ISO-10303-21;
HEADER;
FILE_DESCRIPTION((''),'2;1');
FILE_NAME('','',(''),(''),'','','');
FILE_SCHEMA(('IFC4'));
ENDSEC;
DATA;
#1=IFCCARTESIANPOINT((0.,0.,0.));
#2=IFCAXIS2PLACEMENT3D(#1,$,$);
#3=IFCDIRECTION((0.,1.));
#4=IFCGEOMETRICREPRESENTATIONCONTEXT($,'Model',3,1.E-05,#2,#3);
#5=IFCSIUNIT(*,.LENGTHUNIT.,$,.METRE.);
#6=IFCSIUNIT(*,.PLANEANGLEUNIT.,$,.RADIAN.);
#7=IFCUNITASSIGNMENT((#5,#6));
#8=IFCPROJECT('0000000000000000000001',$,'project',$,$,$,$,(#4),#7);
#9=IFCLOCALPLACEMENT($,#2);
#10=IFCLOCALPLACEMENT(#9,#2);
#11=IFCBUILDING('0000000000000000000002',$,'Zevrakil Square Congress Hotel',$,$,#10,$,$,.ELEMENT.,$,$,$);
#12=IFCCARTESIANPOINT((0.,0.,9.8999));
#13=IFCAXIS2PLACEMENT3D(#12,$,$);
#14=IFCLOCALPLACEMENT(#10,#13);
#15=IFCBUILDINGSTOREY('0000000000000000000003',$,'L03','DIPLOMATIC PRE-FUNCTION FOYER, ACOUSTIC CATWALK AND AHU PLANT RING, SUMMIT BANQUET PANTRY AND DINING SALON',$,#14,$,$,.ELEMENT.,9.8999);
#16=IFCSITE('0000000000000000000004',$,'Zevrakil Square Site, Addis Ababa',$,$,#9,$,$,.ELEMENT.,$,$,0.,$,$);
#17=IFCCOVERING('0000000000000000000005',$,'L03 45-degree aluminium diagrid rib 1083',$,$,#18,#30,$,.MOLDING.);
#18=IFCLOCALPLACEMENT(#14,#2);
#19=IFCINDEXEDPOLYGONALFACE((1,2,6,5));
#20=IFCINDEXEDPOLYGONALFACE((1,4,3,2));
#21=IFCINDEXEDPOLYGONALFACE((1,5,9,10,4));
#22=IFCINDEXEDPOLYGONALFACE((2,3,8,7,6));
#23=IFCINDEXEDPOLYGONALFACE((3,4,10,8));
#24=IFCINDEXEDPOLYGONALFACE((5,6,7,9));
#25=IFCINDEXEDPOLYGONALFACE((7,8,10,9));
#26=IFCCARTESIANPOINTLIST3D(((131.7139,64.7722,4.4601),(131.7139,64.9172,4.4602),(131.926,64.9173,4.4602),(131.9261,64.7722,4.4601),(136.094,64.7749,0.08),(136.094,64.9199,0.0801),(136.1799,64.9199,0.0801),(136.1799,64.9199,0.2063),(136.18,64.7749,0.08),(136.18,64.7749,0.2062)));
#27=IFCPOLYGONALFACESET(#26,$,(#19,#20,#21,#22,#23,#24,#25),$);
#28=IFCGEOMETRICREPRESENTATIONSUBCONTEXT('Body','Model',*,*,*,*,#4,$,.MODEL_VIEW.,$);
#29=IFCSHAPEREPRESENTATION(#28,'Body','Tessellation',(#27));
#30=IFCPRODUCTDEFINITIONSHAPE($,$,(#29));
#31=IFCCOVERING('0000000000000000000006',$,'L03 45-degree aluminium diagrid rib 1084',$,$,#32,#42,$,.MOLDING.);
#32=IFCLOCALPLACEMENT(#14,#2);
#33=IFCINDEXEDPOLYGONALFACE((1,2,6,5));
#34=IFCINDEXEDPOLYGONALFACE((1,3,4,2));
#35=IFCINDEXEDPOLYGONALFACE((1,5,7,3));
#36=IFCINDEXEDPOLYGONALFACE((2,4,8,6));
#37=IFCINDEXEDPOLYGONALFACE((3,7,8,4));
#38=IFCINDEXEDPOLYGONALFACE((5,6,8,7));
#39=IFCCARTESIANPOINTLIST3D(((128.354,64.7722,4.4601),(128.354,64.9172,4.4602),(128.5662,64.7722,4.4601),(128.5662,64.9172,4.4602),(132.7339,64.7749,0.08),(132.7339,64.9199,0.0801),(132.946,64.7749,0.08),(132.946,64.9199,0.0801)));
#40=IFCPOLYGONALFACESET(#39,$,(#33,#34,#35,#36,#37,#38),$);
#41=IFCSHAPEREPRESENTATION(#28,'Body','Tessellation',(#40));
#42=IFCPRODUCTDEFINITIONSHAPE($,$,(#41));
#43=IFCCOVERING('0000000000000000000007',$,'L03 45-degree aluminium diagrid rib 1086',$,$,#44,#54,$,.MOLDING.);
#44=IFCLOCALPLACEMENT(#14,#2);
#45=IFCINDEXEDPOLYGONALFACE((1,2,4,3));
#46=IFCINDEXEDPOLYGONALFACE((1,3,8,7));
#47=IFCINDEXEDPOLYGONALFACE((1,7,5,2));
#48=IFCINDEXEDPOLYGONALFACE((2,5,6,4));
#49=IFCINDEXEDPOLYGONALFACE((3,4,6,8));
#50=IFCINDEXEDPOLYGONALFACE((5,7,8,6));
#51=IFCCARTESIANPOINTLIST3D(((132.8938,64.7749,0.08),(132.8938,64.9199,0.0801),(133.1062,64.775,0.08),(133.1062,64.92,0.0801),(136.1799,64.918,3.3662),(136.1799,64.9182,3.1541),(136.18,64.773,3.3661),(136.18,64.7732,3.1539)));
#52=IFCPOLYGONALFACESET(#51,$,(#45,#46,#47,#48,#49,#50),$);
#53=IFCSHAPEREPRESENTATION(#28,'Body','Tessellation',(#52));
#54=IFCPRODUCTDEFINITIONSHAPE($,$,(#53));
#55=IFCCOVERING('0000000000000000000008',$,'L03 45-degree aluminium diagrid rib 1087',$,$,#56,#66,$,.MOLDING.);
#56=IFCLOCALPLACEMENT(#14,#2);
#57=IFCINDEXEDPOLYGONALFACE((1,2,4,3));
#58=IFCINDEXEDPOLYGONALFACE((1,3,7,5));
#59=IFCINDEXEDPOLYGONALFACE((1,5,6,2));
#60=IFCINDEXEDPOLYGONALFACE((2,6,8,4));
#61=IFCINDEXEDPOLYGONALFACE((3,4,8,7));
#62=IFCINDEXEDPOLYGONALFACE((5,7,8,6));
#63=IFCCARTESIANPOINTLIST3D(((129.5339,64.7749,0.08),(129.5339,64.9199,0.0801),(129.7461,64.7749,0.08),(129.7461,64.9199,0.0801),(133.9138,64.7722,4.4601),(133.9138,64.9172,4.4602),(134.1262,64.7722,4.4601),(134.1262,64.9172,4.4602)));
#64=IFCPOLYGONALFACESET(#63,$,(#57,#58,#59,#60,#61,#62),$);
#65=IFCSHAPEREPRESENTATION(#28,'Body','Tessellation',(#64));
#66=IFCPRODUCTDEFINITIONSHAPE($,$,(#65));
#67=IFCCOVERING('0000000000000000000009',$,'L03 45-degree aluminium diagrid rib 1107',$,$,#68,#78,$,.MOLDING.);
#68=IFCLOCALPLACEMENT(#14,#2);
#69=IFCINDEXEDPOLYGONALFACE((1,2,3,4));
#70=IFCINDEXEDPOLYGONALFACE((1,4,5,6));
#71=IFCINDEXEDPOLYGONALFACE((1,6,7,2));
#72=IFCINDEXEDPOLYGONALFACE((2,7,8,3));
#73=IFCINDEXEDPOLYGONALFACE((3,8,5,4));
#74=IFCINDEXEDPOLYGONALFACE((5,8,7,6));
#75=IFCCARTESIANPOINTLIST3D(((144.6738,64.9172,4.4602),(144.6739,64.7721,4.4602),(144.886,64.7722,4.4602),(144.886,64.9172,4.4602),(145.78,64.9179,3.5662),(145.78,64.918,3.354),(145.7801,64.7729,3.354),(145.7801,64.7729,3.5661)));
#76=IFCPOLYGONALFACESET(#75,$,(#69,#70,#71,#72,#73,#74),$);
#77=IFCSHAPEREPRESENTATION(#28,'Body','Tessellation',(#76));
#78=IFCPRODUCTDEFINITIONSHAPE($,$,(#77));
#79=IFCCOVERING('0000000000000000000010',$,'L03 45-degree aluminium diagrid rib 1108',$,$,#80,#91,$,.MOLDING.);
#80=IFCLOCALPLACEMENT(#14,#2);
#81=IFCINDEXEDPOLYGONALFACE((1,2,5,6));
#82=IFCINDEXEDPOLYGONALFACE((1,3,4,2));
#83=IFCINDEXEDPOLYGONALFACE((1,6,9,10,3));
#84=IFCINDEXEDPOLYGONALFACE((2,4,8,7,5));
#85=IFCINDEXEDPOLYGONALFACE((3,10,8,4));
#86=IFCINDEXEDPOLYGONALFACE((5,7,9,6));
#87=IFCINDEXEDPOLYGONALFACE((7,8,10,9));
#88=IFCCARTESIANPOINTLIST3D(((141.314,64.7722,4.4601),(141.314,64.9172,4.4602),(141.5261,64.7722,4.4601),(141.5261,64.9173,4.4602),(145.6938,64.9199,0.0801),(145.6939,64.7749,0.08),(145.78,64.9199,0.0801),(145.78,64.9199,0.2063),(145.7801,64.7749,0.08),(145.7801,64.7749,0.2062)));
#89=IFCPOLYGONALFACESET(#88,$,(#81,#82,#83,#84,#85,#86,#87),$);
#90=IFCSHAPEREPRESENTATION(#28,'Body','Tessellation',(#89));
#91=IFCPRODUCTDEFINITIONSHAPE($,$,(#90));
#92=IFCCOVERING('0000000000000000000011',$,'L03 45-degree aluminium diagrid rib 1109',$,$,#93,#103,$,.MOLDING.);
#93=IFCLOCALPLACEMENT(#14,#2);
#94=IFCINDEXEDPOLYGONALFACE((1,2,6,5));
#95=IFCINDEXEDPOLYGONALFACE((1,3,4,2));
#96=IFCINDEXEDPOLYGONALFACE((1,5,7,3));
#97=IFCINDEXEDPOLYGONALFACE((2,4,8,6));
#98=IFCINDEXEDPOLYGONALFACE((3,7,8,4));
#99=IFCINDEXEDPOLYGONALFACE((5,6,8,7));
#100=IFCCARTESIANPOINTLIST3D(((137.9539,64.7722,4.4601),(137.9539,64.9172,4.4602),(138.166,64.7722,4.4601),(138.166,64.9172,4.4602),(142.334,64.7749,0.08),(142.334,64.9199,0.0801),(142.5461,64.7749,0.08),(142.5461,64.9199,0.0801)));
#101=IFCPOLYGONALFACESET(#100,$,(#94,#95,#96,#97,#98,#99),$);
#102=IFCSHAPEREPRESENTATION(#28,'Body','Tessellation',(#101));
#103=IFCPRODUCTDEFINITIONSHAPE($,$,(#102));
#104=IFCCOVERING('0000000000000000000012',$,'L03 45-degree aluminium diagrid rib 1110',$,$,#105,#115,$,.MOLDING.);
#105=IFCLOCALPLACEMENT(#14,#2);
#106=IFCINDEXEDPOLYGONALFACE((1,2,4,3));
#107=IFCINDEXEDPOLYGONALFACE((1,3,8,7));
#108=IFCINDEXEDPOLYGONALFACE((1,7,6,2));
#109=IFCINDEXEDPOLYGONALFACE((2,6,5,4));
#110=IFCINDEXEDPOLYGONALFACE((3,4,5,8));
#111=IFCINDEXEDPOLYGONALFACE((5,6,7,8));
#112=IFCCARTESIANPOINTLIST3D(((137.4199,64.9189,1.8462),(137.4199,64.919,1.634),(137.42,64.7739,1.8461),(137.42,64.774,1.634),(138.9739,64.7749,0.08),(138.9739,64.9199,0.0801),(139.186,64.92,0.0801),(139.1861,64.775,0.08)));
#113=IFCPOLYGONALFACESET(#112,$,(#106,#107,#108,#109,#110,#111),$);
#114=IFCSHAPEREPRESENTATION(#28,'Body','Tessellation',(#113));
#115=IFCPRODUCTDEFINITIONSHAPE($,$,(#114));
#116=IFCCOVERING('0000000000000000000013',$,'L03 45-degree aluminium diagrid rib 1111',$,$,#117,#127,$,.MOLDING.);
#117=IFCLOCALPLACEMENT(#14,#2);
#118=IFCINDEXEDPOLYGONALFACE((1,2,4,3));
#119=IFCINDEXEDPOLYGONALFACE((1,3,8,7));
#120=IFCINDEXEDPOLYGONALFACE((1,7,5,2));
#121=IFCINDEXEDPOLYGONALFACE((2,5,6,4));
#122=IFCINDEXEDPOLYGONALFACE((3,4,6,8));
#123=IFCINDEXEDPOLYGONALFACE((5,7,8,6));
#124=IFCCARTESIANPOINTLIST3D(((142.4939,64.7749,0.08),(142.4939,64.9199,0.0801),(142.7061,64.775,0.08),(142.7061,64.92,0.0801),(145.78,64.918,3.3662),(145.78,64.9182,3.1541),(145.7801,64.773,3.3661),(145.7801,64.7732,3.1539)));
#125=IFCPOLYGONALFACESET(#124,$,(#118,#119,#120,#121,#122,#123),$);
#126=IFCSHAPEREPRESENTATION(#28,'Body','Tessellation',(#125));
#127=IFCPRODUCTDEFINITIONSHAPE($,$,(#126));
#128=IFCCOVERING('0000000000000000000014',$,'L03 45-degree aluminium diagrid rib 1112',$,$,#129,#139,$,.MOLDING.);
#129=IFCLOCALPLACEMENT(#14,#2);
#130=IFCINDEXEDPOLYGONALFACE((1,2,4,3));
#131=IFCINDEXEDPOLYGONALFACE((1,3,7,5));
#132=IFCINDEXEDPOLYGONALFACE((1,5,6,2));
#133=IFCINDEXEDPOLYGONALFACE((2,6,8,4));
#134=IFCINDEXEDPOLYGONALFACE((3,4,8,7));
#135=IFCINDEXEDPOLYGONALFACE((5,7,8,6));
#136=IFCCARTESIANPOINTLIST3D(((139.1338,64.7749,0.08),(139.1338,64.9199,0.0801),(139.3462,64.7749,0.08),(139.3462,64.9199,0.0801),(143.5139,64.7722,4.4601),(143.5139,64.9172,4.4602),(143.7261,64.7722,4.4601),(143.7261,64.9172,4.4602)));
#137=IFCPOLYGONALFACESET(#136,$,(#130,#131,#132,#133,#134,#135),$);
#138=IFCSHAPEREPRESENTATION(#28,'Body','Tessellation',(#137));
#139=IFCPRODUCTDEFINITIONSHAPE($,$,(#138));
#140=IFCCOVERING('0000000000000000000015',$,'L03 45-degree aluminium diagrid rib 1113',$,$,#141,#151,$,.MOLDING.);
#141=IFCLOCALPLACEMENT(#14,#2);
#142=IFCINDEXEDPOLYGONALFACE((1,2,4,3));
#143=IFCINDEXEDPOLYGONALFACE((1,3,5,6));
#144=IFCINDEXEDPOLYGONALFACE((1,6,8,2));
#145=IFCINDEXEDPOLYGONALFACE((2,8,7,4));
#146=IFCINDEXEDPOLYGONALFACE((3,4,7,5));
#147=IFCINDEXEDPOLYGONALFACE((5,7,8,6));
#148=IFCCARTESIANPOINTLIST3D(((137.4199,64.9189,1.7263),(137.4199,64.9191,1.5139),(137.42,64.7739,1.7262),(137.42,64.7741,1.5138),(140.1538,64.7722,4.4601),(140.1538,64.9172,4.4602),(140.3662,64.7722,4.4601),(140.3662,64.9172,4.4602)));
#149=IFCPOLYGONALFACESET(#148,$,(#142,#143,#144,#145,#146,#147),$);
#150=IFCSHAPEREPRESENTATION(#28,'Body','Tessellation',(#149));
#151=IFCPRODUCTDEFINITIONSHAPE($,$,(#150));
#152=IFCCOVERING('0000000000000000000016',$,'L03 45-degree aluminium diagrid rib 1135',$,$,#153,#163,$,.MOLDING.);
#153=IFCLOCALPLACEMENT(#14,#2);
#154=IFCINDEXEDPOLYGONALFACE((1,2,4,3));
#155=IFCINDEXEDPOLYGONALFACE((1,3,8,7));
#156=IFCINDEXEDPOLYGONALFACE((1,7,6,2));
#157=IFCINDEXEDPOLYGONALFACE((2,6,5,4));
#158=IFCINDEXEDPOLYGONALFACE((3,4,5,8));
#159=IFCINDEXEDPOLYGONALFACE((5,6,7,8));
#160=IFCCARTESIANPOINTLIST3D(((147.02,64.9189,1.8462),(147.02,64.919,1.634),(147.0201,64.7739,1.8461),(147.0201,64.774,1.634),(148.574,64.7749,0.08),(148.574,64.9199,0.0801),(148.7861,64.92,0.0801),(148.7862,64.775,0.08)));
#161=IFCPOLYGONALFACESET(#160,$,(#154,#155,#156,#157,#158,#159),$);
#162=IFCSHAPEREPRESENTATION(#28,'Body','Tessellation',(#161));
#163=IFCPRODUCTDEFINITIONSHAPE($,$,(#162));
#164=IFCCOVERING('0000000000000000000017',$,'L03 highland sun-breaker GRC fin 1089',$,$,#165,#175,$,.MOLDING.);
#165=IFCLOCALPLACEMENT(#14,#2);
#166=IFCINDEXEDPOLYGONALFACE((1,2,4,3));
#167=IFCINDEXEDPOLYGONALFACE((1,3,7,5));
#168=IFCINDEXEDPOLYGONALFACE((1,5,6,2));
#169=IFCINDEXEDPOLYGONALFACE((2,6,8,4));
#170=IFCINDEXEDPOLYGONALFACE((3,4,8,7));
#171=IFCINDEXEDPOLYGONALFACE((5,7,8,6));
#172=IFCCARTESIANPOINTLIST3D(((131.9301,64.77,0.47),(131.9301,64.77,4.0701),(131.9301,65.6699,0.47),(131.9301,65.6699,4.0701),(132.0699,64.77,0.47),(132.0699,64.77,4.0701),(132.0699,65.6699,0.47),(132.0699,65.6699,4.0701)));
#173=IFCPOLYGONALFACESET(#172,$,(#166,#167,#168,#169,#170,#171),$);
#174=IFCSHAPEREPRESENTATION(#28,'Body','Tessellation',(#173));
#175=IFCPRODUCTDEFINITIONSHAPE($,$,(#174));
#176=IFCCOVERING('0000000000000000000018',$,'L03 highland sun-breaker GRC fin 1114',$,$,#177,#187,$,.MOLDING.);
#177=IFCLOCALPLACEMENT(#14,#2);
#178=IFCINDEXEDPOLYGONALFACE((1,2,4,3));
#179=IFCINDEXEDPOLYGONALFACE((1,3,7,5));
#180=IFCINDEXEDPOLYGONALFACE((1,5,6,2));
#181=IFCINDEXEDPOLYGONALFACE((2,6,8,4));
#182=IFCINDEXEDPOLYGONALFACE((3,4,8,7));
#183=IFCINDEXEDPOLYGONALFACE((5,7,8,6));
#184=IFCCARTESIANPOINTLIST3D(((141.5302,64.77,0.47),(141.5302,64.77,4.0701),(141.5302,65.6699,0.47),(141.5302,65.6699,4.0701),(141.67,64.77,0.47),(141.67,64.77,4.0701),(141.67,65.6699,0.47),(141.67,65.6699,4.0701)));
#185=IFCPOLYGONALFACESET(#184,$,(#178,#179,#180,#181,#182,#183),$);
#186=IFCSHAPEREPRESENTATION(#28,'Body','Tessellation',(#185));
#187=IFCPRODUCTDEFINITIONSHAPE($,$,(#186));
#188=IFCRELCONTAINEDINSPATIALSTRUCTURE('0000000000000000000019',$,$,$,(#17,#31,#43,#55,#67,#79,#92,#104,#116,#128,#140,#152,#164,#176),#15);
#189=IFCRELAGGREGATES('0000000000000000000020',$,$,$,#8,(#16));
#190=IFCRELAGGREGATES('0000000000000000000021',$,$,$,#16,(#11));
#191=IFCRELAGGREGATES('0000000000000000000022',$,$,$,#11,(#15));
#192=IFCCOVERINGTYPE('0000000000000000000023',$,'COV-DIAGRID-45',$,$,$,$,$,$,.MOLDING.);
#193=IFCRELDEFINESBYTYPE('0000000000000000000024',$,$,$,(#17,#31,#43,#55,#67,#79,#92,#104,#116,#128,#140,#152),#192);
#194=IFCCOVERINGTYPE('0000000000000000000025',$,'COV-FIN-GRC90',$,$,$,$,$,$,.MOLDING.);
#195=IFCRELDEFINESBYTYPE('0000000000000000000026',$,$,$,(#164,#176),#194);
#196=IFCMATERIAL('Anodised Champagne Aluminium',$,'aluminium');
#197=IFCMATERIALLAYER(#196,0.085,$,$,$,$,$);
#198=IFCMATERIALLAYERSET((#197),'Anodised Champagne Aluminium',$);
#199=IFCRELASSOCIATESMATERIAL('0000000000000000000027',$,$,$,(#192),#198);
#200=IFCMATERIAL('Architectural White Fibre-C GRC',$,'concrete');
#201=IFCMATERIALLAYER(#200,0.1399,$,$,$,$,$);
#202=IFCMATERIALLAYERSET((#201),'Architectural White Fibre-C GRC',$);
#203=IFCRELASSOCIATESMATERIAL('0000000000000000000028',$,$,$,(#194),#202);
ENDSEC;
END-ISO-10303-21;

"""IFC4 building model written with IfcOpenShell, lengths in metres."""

from ifc_helpers import new_model, si_unit, direction, frame, origin, origin_2d, place, context, subcontext, project, spatial, polyline, rectangle, outline, extrude, material, layer, layer_set, type_object, element, save


model = new_model("IFC4")

# Units and contexts
model_context = context("Model", 3, precision=1e-05, world=origin(), true_north=direction((0.0, 1.0)))
body_context = subcontext(model_context, "Body", "Model", "MODEL_VIEW")
ifc_project = project(units=[si_unit("LENGTHUNIT", "METRE"), si_unit("PLANEANGLEUNIT", "RADIAN")], contexts=[model_context])

# Site, building, storey
site_placement = place(None, origin())
site = spatial("IfcSite", under=ifc_project, at=site_placement, Name="Zevrakil Square Site, Addis Ababa", CompositionType="ELEMENT", RefElevation=0.0)
building_placement = place(site_placement, origin())
building = spatial("IfcBuilding", under=site, at=building_placement, Name="Zevrakil Square Congress Hotel", CompositionType="ELEMENT")
storey_placement = place(building_placement, frame((0.0, 0.0, 9.8999)))
storey = spatial("IfcBuildingStorey", under=building, at=storey_placement, Name="L03", Description="DIPLOMATIC PRE-FUNCTION FOYER, ACOUSTIC CATWALK AND AHU PLANT RING, SUMMIT BANQUET PANTRY AND DINING SALON", CompositionType="ELEMENT", Elevation=9.8999)

# Coverings
ifc_material_1 = material(Name="Anodised Champagne Aluminium", Category="aluminium")
ifc_layer_1 = layer(ifc_material_1, 0.085)
ifc_layer_set_1 = layer_set([ifc_layer_1], Name="Anodised Champagne Aluminium")
covering_type_1 = type_object("IfcCoveringType", Name="COV-DIAGRID-45", PredefinedType="MOLDING", material=ifc_layer_set_1)
covering_1_placement = place(storey_placement, frame((136.094, 64.9199, 0.0801), z_axis=(-0.000184, 1.0, 0.000434), x_axis=(1.0, 0.000184, 0.0)))
element("IfcCovering", 1, at=covering_1_placement, inside=storey, type_object=covering_type_1, Name="L03 45-degree aluminium diagrid rib 1083", PredefinedType="MOLDING", context=body_context, shape_type="SweptSolid", body=[
    extrude(outline(polyline([(0.0, 0.0), (0.0859, 0.0), (0.0859, -0.1262), (-4.168, -4.3801), (-4.3801, -4.3801), (0.0, 0.0)])), origin(), (0.0, 0.0, -1.0), 0.145),
])
covering_2_placement = place(storey_placement, frame((132.7339, 64.9199, 0.0801), z_axis=(0.0, 1.0, 0.000613), x_axis=(1.0, 0.0, 0.0)))
element("IfcCovering", 2, at=covering_2_placement, inside=storey, type_object=covering_type_1, Name="L03 45-degree aluminium diagrid rib 1084", PredefinedType="MOLDING", context=body_context, shape_type="SweptSolid", body=[
    extrude(outline(polyline([(0.0, 0.0), (0.2122, 0.0), (-4.1677, -4.3801), (-4.3799, -4.3801), (0.0, 0.0)])), origin(), (0.0, 0.0, -1.0), 0.145),
])
covering_3_placement = place(storey_placement, frame((136.1799, 64.9182, 3.1541), z_axis=(-0.000287, 1.0, 0.000863), x_axis=(0.0, -0.000863, 1.0)))
element("IfcCovering", 3, at=covering_3_placement, inside=storey, type_object=covering_type_1, Name="L03 45-degree aluminium diagrid rib 1086", PredefinedType="MOLDING", context=body_context, shape_type="SweptSolid", body=[
    extrude(outline(polyline([(0.0, 0.0), (0.2122, 0.0), (-3.074, -3.2861), (-3.074, -3.0737), (0.0, 0.0)])), origin(), (0.0, 0.0, -1.0), 0.145),
])
covering_4_placement = place(storey_placement, frame((134.1262, 64.9172, 4.4602), z_axis=(0.0, 1.0, 0.000613), x_axis=(-1.0, 0.0, 0.0)))
element("IfcCovering", 4, at=covering_4_placement, inside=storey, type_object=covering_type_1, Name="L03 45-degree aluminium diagrid rib 1087", PredefinedType="MOLDING", context=body_context, shape_type="SweptSolid", body=[
    extrude(outline(polyline([(0.0, 0.0), (0.2124, 0.0), (4.5923, -4.3801), (4.3801, -4.3801), (0.0, 0.0)])), origin(), (0.0, 0.0, -1.0), 0.145),
])
covering_5_placement = place(storey_placement, frame((145.78, 64.918, 3.354), z_axis=(-0.000366, 1.0, 0.000366), x_axis=(0.0, -0.000366, 1.0)))
element("IfcCovering", 5, at=covering_5_placement, inside=storey, type_object=covering_type_1, Name="L03 45-degree aluminium diagrid rib 1107", PredefinedType="MOLDING", context=body_context, shape_type="SweptSolid", body=[
    extrude(outline(polyline([(0.0, 0.0), (0.2122, 0.0), (1.1062, -0.894), (1.1062, -1.1062), (0.0, 0.0)])), origin(), (0.0, 0.0, -1.0), 0.145),
])
covering_6_placement = place(storey_placement, frame((145.6938, 64.9199, 0.0801), z_axis=(-0.000184, 1.0, 0.000435), x_axis=(1.0, 0.000184, 0.0)))
element("IfcCovering", 6, at=covering_6_placement, inside=storey, type_object=covering_type_1, Name="L03 45-degree aluminium diagrid rib 1108", PredefinedType="MOLDING", context=body_context, shape_type="SweptSolid", body=[
    extrude(outline(polyline([(0.0, 0.0), (0.0862, 0.0), (0.0862, -0.1262), (-4.1677, -4.3801), (-4.3799, -4.3801), (0.0, 0.0)])), origin(), (0.0, 0.0, -1.0), 0.145),
])
covering_7_placement = place(storey_placement, frame((142.334, 64.9199, 0.0801), z_axis=(0.0, 1.0, 0.000613), x_axis=(1.0, 0.0, 0.0)))
element("IfcCovering", 7, at=covering_7_placement, inside=storey, type_object=covering_type_1, Name="L03 45-degree aluminium diagrid rib 1109", PredefinedType="MOLDING", context=body_context, shape_type="SweptSolid", body=[
    extrude(outline(polyline([(0.0, 0.0), (0.2122, 0.0), (-4.168, -4.3801), (-4.3801, -4.3801), (0.0, 0.0)])), origin(), (0.0, 0.0, -1.0), 0.145),
])
covering_8_placement = place(storey_placement, frame((138.9739, 64.9199, 0.0801), z_axis=(-0.000294, 1.0, 0.000294), x_axis=(1.0, 0.000294, 0.0)))
element("IfcCovering", 8, at=covering_8_placement, inside=storey, type_object=covering_type_1, Name="L03 45-degree aluminium diagrid rib 1110", PredefinedType="MOLDING", context=body_context, shape_type="SweptSolid", body=[
    extrude(outline(polyline([(0.0, 0.0), (0.2122, 0.0), (-1.554, -1.7661), (-1.554, -1.554), (0.0, 0.0)])), origin(), (0.0, 0.0, -1.0), 0.145),
])
covering_9_placement = place(storey_placement, frame((145.78, 64.9182, 3.1541), z_axis=(-0.000287, 1.0, 0.000863), x_axis=(0.0, -0.000863, 1.0)))
element("IfcCovering", 9, at=covering_9_placement, inside=storey, type_object=covering_type_1, Name="L03 45-degree aluminium diagrid rib 1111", PredefinedType="MOLDING", context=body_context, shape_type="SweptSolid", body=[
    extrude(outline(polyline([(0.0, 0.0), (0.2122, 0.0), (-3.074, -3.2861), (-3.074, -3.074), (0.0, 0.0)])), origin(), (0.0, 0.0, -1.0), 0.145),
])
covering_10_placement = place(storey_placement, frame((143.7261, 64.9172, 4.4602), z_axis=(0.0, 1.0, 0.000613), x_axis=(-1.0, 0.0, 0.0)))
element("IfcCovering", 10, at=covering_10_placement, inside=storey, type_object=covering_type_1, Name="L03 45-degree aluminium diagrid rib 1112", PredefinedType="MOLDING", context=body_context, shape_type="SweptSolid", body=[
    extrude(outline(polyline([(0.0, 0.0), (0.2122, 0.0), (4.5923, -4.3801), (4.3799, -4.3801), (0.0, 0.0)])), origin(), (0.0, 0.0, -1.0), 0.145),
])
covering_11_placement = place(storey_placement, frame((140.3662, 64.9172, 4.4602), z_axis=(-0.000252, 1.0, 0.000897), x_axis=(-1.0, -0.000252, 0.0)))
element("IfcCovering", 11, at=covering_11_placement, inside=storey, type_object=covering_type_1, Name="L03 45-degree aluminium diagrid rib 1113", PredefinedType="MOLDING", context=body_context, shape_type="SweptSolid", body=[
    extrude(outline(polyline([(0.0, 0.0), (0.2124, 0.0), (2.9463, -2.7339), (2.9463, -2.9463), (0.0, 0.0)])), origin(), (0.0, 0.0, -1.0), 0.145),
])
covering_12_placement = place(storey_placement, frame((148.574, 64.9199, 0.0801), z_axis=(-0.000294, 1.0, 0.000294), x_axis=(1.0, 0.000294, 0.0)))
element("IfcCovering", 12, at=covering_12_placement, inside=storey, type_object=covering_type_1, Name="L03 45-degree aluminium diagrid rib 1135", PredefinedType="MOLDING", context=body_context, shape_type="SweptSolid", body=[
    extrude(outline(polyline([(0.0, 0.0), (0.2122, 0.0), (-1.554, -1.7661), (-1.554, -1.554), (0.0, 0.0)])), origin(), (0.0, 0.0, -1.0), 0.145),
])
ifc_material_2 = material(Name="Architectural White Fibre-C GRC", Category="concrete")
ifc_layer_2 = layer(ifc_material_2, 0.1399)
ifc_layer_set_2 = layer_set([ifc_layer_2], Name="Architectural White Fibre-C GRC")
covering_type_2 = type_object("IfcCoveringType", Name="COV-FIN-GRC90", PredefinedType="MOLDING", material=ifc_layer_set_2)
for number, where, z_axis, x_axis, name in (
    (13, (132.0, 65.22, 0.47), (0.0, 0.0, 1.0), (0.0, 1.0, 0.0), "L03 highland sun-breaker GRC fin 1089"),
    (14, (141.6001, 65.22, 0.47), (0.0, 0.0, 1.0), (0.0, 1.0, 0.0), "L03 highland sun-breaker GRC fin 1114"),
):
    element("IfcCovering", number, at=place(storey_placement, frame(where, z_axis=z_axis, x_axis=x_axis)), inside=storey, type_object=covering_type_2, Name=name, PredefinedType="MOLDING", context=body_context, shape_type="SweptSolid", body=[
        extrude(rectangle(XDim=0.8999, YDim=0.1399, at=origin_2d()), origin(), (0.0, 0.0, 1.0), 3.6001),
    ])

save(model, "model.ifc")
